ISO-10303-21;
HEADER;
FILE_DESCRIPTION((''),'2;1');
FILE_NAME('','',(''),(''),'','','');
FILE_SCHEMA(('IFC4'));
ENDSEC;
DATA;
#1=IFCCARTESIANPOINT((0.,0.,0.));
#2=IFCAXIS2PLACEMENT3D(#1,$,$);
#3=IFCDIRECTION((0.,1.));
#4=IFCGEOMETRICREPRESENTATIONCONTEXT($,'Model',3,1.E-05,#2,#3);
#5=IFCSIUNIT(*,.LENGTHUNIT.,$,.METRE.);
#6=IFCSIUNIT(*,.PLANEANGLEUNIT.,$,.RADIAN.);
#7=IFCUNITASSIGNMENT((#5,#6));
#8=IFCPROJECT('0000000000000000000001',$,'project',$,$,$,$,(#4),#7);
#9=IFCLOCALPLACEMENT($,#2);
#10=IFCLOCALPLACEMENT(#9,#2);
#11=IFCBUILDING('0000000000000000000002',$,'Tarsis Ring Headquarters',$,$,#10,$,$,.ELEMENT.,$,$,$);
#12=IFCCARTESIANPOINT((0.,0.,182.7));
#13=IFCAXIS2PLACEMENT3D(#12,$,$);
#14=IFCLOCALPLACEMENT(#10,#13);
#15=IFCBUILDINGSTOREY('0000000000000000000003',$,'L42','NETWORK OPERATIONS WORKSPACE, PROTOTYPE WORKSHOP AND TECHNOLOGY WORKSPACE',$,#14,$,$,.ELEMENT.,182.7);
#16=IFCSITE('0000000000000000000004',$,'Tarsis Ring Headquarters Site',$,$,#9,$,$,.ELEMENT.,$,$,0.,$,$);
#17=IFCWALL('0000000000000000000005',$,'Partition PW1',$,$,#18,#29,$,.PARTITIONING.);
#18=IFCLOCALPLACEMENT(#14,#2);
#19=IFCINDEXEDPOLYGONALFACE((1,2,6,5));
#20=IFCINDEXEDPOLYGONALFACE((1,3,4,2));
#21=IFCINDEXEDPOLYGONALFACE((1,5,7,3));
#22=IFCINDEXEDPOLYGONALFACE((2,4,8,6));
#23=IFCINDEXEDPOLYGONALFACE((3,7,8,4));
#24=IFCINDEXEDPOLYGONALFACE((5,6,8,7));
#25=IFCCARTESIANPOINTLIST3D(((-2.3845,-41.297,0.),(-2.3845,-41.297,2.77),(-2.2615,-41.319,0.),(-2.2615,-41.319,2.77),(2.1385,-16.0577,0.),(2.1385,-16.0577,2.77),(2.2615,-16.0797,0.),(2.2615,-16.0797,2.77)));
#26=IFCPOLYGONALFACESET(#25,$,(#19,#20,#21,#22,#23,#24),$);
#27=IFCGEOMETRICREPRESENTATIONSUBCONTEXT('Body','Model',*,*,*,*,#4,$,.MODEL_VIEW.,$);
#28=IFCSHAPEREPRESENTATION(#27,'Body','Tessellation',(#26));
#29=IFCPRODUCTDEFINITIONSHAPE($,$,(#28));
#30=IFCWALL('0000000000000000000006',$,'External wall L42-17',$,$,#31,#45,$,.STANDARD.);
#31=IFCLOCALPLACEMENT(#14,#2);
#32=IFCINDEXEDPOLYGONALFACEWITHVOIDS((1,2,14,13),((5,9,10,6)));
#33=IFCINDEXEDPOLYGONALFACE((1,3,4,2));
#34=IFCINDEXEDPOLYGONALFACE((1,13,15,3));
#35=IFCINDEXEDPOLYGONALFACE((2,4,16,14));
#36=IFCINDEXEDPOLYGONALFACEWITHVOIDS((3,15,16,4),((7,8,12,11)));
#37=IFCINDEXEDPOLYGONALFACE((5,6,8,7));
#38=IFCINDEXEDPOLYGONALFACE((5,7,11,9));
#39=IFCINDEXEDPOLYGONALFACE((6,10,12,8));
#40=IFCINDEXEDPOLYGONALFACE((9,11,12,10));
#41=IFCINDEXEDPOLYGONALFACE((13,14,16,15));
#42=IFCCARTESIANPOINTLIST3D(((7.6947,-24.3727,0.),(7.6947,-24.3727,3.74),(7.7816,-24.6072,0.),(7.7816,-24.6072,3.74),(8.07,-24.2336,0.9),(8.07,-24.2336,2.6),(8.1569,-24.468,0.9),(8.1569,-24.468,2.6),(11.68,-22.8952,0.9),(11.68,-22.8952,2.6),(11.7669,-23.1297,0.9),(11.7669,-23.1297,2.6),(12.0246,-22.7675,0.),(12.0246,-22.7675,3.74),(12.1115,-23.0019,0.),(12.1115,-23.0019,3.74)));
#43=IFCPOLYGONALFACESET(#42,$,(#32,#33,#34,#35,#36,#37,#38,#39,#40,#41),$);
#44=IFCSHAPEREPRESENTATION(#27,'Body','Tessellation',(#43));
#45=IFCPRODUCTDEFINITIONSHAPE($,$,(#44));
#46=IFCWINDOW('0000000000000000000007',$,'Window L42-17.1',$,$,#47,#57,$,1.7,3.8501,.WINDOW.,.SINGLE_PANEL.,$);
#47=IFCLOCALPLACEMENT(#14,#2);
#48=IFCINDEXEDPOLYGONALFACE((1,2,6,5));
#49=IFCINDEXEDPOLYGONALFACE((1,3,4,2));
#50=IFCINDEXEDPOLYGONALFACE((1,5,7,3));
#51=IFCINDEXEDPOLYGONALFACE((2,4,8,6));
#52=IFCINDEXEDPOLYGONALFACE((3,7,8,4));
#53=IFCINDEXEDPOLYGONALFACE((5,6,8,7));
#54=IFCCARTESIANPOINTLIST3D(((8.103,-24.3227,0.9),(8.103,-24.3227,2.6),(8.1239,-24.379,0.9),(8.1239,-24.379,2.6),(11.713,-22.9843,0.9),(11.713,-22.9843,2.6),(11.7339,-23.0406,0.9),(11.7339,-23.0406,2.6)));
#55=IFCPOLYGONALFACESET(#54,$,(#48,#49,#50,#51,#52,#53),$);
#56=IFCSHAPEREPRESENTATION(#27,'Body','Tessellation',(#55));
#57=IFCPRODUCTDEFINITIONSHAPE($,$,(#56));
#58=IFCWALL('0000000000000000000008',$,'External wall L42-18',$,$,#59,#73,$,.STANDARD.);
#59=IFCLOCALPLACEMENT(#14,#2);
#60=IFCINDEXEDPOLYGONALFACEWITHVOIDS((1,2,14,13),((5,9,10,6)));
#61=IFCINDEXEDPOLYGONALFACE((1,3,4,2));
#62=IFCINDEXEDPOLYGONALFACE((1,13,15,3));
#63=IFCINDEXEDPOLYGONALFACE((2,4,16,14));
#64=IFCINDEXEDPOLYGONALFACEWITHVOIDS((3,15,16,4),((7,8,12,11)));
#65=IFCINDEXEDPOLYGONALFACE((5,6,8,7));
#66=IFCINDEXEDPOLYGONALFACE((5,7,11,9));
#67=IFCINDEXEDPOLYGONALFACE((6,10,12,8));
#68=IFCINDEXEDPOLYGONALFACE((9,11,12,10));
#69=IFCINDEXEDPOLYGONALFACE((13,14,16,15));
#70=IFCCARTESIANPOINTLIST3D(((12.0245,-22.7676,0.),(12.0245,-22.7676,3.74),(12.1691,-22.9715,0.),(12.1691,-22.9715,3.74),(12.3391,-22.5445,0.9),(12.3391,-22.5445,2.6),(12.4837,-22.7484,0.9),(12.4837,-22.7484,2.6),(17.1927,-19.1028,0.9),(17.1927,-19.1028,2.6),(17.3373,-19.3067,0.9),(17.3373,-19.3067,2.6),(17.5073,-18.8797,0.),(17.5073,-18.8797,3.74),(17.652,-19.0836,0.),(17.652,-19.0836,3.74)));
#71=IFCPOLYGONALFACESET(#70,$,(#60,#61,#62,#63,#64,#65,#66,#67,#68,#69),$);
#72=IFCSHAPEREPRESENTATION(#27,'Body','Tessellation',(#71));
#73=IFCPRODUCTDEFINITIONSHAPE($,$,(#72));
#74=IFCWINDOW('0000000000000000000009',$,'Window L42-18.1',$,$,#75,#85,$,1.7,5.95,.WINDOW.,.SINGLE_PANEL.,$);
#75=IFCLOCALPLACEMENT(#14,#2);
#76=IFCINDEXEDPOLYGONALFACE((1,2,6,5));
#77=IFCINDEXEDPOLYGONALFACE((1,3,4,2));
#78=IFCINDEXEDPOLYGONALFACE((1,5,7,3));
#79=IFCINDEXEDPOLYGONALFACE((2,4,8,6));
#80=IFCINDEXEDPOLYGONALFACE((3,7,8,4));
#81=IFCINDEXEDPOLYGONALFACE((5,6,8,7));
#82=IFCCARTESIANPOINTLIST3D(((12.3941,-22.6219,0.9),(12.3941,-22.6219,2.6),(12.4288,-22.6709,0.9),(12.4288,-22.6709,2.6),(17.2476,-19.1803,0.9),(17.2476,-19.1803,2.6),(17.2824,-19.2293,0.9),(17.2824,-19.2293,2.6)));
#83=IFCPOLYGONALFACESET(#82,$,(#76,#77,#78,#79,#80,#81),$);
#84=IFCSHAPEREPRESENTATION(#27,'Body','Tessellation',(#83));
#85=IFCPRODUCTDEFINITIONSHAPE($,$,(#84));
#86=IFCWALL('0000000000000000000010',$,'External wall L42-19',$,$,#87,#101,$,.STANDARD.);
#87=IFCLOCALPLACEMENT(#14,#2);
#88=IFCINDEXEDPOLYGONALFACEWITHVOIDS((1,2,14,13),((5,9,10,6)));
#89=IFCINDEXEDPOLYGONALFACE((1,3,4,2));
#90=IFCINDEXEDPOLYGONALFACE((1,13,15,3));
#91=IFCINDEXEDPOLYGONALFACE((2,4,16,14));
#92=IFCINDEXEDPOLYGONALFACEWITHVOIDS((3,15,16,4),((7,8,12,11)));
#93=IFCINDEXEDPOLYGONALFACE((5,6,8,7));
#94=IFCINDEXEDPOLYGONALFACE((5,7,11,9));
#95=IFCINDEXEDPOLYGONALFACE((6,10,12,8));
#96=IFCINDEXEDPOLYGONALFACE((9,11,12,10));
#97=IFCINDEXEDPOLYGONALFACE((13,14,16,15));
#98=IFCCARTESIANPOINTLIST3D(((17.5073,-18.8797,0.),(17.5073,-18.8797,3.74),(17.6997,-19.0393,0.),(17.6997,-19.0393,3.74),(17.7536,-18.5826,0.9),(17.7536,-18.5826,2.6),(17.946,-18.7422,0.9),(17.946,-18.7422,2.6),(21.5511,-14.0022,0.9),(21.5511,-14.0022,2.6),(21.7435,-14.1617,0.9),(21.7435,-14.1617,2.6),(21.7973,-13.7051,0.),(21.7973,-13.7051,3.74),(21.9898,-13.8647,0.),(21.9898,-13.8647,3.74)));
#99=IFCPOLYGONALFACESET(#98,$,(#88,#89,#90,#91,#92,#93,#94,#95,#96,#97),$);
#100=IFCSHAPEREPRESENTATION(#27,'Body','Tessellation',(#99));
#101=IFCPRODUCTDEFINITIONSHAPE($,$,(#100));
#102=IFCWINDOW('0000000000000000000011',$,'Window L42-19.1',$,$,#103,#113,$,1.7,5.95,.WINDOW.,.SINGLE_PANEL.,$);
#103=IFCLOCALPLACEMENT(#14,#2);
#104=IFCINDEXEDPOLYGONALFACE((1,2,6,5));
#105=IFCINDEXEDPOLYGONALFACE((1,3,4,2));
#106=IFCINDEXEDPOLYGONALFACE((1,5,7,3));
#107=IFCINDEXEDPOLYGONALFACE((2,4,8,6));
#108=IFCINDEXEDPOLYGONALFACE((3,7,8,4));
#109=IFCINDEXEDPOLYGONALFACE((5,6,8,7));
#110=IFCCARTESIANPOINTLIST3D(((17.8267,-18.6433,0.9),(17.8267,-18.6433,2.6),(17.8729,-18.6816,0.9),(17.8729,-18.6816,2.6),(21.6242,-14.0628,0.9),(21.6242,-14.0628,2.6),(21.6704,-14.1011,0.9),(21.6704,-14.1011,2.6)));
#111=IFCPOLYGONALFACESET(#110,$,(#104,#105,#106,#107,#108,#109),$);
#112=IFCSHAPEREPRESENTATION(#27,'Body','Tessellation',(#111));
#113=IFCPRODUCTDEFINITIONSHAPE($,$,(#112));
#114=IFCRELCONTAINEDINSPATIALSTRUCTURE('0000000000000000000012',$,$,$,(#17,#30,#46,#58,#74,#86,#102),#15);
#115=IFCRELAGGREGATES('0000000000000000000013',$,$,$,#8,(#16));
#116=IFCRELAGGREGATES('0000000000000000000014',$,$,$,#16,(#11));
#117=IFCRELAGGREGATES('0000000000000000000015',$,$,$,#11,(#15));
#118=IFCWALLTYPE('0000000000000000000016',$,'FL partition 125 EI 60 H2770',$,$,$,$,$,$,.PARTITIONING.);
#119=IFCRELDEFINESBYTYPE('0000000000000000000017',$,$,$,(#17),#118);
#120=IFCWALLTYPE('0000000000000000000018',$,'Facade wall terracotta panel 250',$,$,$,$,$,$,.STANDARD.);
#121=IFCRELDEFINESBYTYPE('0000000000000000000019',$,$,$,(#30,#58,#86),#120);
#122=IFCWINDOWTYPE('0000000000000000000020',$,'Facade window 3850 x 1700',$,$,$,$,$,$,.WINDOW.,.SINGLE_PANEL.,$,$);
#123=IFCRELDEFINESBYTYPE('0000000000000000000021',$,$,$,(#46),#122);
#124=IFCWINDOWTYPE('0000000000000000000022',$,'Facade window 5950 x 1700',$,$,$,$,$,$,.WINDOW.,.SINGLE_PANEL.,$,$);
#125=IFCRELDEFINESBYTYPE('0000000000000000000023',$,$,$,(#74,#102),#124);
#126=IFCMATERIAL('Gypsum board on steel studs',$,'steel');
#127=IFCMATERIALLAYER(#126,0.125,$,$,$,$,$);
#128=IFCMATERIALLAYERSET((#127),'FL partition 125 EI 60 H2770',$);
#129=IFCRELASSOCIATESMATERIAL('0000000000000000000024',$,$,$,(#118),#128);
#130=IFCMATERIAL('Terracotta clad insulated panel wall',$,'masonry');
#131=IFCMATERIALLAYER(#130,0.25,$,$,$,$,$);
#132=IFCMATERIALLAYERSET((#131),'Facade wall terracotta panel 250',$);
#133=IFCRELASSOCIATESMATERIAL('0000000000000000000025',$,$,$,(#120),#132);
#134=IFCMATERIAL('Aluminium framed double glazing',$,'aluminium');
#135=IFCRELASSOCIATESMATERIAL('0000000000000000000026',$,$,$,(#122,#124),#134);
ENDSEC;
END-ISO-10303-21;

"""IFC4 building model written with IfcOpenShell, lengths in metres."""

from ifc_helpers import new_model, si_unit, direction, frame, frame_2d, origin, place, context, subcontext, project, spatial, rectangle, extrude, material, layer, layer_set, type_object, element, fill, save


model = new_model("IFC4")

# Units and contexts
model_context = context("Model", 3, precision=1e-05, world=origin(), true_north=direction((0.0, 1.0)))
body_context = subcontext(model_context, "Body", "Model", "MODEL_VIEW")
ifc_project = project(units=[si_unit("LENGTHUNIT", "METRE"), si_unit("PLANEANGLEUNIT", "RADIAN")], contexts=[model_context])

# Site, building, storey
site_placement = place(None, origin())
site = spatial("IfcSite", under=ifc_project, at=site_placement, Name="Tarsis Ring Headquarters Site", CompositionType="ELEMENT", RefElevation=0.0)
building_placement = place(site_placement, origin())
building = spatial("IfcBuilding", under=site, at=building_placement, Name="Tarsis Ring Headquarters", CompositionType="ELEMENT")
storey_placement = place(building_placement, frame((0.0, 0.0, 182.7)))
storey = spatial("IfcBuildingStorey", under=building, at=storey_placement, Name="L42", Description="NETWORK OPERATIONS WORKSPACE, PROTOTYPE WORKSHOP AND TECHNOLOGY WORKSPACE", CompositionType="ELEMENT", Elevation=182.7)

# Wall
ifc_material_1 = material(Name="Gypsum board on steel studs", Category="steel")
ifc_layer_1 = layer(ifc_material_1, 0.125)
ifc_layer_set_1 = layer_set([ifc_layer_1], Name="FL partition 125 EI 60 H2770")
wall_type_1 = type_object("IfcWallType", Name="FL partition 125 EI 60 H2770", PredefinedType="PARTITIONING", material=ifc_layer_set_1)
wall_1_placement = place(storey_placement, frame((-2.323, -41.3081, 0.0), z_axis=(0.0, 0.0, 1.0), x_axis=(0.176393, 0.98432, 0.0)))
element("IfcWall", 1, at=wall_1_placement, inside=storey, type_object=wall_type_1, Name="Partition PW1", PredefinedType="PARTITIONING", context=body_context, shape_type="SweptSolid", body=[
    extrude(rectangle(XDim=25.6414, YDim=0.125, at=frame_2d((12.8208, 0.0))), origin(), (0.0, 0.0, 1.0), 2.77),
])

# Walls, openings, windows
ifc_material_2 = material(Name="Terracotta clad insulated panel wall", Category="masonry")
ifc_layer_2 = layer(ifc_material_2, 0.25)
ifc_layer_set_2 = layer_set([ifc_layer_2], Name="Facade wall terracotta panel 250")
wall_type_2 = type_object("IfcWallType", Name="Facade wall terracotta panel 250", PredefinedType="STANDARD", material=ifc_layer_set_2)
wall_2_placement = place(storey_placement, frame((7.738, -24.49, 0.0), z_axis=(0.0, 0.0, 1.0), x_axis=(0.937637, 0.347616, 0.0)))
wall_2 = element("IfcWall", 2, at=wall_2_placement, inside=storey, type_object=wall_type_2, Name="External wall L42-17", PredefinedType="STANDARD", context=body_context, shape_type="SweptSolid", body=[
    extrude(rectangle(XDim=4.6179, YDim=0.25, at=frame_2d((2.3091, 0.0))), origin(), (0.0, 0.0, 1.0), 3.74),
])
opening_1_placement = place(wall_2_placement, frame((0.4004, 0.0, 0.8999)))
opening_1 = element("IfcOpeningElement", 3, at=opening_1_placement, cuts=wall_2, PredefinedType="OPENING", context=body_context, shape_type="SweptSolid", body=[
    extrude(rectangle(XDim=3.8501, YDim=1.7, at=frame_2d((1.925, 0.8501))), frame((0.0, 0.135, 0.0), z_axis=(0.0, -1.0, 0.0), x_axis=(1.0, 0.0, 0.0)), (0.0, 0.0, 1.0), 0.27),
])
ifc_material_3 = material(Name="Aluminium framed double glazing", Category="aluminium")
window_type_1 = type_object("IfcWindowType", Name="Facade window 3850 x 1700", PartitioningType="SINGLE_PANEL", PredefinedType="WINDOW", material=ifc_material_3)
window_1_placement = place(opening_1_placement, origin())
window_1 = element("IfcWindow", 4, at=window_1_placement, inside=storey, type_object=window_type_1, Name="Window L42-17.1", OverallHeight=1.7, OverallWidth=3.8501, PartitioningType="SINGLE_PANEL", PredefinedType="WINDOW", context=body_context, shape_type="SweptSolid", body=[
    extrude(rectangle(XDim=3.8501, YDim=1.7, at=frame_2d((1.925, 0.8501))), frame((0.0, 0.03, 0.0), z_axis=(0.0, -1.0, 0.0), x_axis=(1.0, 0.0, 0.0)), (0.0, 0.0, 1.0), 0.0601),
])
fill(opening_1, window_1)
wall_3_placement = place(storey_placement, frame((12.0967, -22.8696, 0.0), z_axis=(0.0, 0.0, 1.0), x_axis=(0.815729, 0.578434, 0.0)))
wall_3 = element("IfcWall", 5, at=wall_3_placement, inside=storey, type_object=wall_type_2, Name="External wall L42-18", PredefinedType="STANDARD", context=body_context, shape_type="SweptSolid", body=[
    extrude(rectangle(XDim=6.7214, YDim=0.25, at=frame_2d((3.3608, 0.0))), origin(), (0.0, 0.0, 1.0), 3.74),
])
opening_2_placement = place(wall_3_placement, frame((0.3857, 0.0, 0.8999)))
opening_2 = element("IfcOpeningElement", 6, at=opening_2_placement, cuts=wall_3, PredefinedType="OPENING", context=body_context, shape_type="SweptSolid", body=[
    extrude(rectangle(XDim=5.95, YDim=1.7, at=frame_2d((2.9751, 0.8501))), frame((0.0, 0.135, 0.0), z_axis=(0.0, -1.0, 0.0), x_axis=(1.0, 0.0, 0.0)), (0.0, 0.0, 1.0), 0.27),
])
window_type_2 = type_object("IfcWindowType", Name="Facade window 5950 x 1700", PartitioningType="SINGLE_PANEL", PredefinedType="WINDOW", material=ifc_material_3)
window_2_placement = place(opening_2_placement, origin())
window_2 = element("IfcWindow", 7, at=window_2_placement, inside=storey, type_object=window_type_2, Name="Window L42-18.1", OverallHeight=1.7, OverallWidth=5.95, PartitioningType="SINGLE_PANEL", PredefinedType="WINDOW", context=body_context, shape_type="SweptSolid", body=[
    extrude(rectangle(XDim=5.95, YDim=1.7, at=frame_2d((2.9751, 0.8501))), frame((0.0, 0.03, 0.0), z_axis=(0.0, -1.0, 0.0), x_axis=(1.0, 0.0, 0.0)), (0.0, 0.0, 1.0), 0.0601),
])
fill(opening_2, window_2)
wall_4_placement = place(storey_placement, frame((17.6035, -18.9595, 0.0), z_axis=(0.0, 0.0, 1.0), x_axis=(0.638242, 0.769835, 0.0)))
wall_4 = element("IfcWall", 8, at=wall_4_placement, inside=storey, type_object=wall_type_2, Name="External wall L42-19", PredefinedType="STANDARD", context=body_context, shape_type="SweptSolid", body=[
    extrude(rectangle(XDim=6.7217, YDim=0.25, at=frame_2d((3.3608, 0.0))), origin(), (0.0, 0.0, 1.0), 3.74),
])
opening_3_placement = place(wall_4_placement, frame((0.3857, 0.0, 0.8999)))
opening_3 = element("IfcOpeningElement", 9, at=opening_3_placement, cuts=wall_4, PredefinedType="OPENING", context=body_context, shape_type="SweptSolid", body=[
    extrude(rectangle(XDim=5.95, YDim=1.7, at=frame_2d((2.9751, 0.8501))), frame((0.0, 0.135, 0.0), z_axis=(0.0, -1.0, 0.0), x_axis=(1.0, 0.0, 0.0)), (0.0, 0.0, 1.0), 0.27),
])
window_3_placement = place(opening_3_placement, origin())
window_3 = element("IfcWindow", 10, at=window_3_placement, inside=storey, type_object=window_type_2, Name="Window L42-19.1", OverallHeight=1.7, OverallWidth=5.95, PartitioningType="SINGLE_PANEL", PredefinedType="WINDOW", context=body_context, shape_type="SweptSolid", body=[
    extrude(rectangle(XDim=5.95, YDim=1.7, at=frame_2d((2.9751, 0.8501))), frame((0.0, 0.03, 0.0), z_axis=(0.0, -1.0, 0.0), x_axis=(1.0, 0.0, 0.0)), (0.0, 0.0, 1.0), 0.0601),
])
fill(opening_3, window_3)

save(model, "model.ifc")
